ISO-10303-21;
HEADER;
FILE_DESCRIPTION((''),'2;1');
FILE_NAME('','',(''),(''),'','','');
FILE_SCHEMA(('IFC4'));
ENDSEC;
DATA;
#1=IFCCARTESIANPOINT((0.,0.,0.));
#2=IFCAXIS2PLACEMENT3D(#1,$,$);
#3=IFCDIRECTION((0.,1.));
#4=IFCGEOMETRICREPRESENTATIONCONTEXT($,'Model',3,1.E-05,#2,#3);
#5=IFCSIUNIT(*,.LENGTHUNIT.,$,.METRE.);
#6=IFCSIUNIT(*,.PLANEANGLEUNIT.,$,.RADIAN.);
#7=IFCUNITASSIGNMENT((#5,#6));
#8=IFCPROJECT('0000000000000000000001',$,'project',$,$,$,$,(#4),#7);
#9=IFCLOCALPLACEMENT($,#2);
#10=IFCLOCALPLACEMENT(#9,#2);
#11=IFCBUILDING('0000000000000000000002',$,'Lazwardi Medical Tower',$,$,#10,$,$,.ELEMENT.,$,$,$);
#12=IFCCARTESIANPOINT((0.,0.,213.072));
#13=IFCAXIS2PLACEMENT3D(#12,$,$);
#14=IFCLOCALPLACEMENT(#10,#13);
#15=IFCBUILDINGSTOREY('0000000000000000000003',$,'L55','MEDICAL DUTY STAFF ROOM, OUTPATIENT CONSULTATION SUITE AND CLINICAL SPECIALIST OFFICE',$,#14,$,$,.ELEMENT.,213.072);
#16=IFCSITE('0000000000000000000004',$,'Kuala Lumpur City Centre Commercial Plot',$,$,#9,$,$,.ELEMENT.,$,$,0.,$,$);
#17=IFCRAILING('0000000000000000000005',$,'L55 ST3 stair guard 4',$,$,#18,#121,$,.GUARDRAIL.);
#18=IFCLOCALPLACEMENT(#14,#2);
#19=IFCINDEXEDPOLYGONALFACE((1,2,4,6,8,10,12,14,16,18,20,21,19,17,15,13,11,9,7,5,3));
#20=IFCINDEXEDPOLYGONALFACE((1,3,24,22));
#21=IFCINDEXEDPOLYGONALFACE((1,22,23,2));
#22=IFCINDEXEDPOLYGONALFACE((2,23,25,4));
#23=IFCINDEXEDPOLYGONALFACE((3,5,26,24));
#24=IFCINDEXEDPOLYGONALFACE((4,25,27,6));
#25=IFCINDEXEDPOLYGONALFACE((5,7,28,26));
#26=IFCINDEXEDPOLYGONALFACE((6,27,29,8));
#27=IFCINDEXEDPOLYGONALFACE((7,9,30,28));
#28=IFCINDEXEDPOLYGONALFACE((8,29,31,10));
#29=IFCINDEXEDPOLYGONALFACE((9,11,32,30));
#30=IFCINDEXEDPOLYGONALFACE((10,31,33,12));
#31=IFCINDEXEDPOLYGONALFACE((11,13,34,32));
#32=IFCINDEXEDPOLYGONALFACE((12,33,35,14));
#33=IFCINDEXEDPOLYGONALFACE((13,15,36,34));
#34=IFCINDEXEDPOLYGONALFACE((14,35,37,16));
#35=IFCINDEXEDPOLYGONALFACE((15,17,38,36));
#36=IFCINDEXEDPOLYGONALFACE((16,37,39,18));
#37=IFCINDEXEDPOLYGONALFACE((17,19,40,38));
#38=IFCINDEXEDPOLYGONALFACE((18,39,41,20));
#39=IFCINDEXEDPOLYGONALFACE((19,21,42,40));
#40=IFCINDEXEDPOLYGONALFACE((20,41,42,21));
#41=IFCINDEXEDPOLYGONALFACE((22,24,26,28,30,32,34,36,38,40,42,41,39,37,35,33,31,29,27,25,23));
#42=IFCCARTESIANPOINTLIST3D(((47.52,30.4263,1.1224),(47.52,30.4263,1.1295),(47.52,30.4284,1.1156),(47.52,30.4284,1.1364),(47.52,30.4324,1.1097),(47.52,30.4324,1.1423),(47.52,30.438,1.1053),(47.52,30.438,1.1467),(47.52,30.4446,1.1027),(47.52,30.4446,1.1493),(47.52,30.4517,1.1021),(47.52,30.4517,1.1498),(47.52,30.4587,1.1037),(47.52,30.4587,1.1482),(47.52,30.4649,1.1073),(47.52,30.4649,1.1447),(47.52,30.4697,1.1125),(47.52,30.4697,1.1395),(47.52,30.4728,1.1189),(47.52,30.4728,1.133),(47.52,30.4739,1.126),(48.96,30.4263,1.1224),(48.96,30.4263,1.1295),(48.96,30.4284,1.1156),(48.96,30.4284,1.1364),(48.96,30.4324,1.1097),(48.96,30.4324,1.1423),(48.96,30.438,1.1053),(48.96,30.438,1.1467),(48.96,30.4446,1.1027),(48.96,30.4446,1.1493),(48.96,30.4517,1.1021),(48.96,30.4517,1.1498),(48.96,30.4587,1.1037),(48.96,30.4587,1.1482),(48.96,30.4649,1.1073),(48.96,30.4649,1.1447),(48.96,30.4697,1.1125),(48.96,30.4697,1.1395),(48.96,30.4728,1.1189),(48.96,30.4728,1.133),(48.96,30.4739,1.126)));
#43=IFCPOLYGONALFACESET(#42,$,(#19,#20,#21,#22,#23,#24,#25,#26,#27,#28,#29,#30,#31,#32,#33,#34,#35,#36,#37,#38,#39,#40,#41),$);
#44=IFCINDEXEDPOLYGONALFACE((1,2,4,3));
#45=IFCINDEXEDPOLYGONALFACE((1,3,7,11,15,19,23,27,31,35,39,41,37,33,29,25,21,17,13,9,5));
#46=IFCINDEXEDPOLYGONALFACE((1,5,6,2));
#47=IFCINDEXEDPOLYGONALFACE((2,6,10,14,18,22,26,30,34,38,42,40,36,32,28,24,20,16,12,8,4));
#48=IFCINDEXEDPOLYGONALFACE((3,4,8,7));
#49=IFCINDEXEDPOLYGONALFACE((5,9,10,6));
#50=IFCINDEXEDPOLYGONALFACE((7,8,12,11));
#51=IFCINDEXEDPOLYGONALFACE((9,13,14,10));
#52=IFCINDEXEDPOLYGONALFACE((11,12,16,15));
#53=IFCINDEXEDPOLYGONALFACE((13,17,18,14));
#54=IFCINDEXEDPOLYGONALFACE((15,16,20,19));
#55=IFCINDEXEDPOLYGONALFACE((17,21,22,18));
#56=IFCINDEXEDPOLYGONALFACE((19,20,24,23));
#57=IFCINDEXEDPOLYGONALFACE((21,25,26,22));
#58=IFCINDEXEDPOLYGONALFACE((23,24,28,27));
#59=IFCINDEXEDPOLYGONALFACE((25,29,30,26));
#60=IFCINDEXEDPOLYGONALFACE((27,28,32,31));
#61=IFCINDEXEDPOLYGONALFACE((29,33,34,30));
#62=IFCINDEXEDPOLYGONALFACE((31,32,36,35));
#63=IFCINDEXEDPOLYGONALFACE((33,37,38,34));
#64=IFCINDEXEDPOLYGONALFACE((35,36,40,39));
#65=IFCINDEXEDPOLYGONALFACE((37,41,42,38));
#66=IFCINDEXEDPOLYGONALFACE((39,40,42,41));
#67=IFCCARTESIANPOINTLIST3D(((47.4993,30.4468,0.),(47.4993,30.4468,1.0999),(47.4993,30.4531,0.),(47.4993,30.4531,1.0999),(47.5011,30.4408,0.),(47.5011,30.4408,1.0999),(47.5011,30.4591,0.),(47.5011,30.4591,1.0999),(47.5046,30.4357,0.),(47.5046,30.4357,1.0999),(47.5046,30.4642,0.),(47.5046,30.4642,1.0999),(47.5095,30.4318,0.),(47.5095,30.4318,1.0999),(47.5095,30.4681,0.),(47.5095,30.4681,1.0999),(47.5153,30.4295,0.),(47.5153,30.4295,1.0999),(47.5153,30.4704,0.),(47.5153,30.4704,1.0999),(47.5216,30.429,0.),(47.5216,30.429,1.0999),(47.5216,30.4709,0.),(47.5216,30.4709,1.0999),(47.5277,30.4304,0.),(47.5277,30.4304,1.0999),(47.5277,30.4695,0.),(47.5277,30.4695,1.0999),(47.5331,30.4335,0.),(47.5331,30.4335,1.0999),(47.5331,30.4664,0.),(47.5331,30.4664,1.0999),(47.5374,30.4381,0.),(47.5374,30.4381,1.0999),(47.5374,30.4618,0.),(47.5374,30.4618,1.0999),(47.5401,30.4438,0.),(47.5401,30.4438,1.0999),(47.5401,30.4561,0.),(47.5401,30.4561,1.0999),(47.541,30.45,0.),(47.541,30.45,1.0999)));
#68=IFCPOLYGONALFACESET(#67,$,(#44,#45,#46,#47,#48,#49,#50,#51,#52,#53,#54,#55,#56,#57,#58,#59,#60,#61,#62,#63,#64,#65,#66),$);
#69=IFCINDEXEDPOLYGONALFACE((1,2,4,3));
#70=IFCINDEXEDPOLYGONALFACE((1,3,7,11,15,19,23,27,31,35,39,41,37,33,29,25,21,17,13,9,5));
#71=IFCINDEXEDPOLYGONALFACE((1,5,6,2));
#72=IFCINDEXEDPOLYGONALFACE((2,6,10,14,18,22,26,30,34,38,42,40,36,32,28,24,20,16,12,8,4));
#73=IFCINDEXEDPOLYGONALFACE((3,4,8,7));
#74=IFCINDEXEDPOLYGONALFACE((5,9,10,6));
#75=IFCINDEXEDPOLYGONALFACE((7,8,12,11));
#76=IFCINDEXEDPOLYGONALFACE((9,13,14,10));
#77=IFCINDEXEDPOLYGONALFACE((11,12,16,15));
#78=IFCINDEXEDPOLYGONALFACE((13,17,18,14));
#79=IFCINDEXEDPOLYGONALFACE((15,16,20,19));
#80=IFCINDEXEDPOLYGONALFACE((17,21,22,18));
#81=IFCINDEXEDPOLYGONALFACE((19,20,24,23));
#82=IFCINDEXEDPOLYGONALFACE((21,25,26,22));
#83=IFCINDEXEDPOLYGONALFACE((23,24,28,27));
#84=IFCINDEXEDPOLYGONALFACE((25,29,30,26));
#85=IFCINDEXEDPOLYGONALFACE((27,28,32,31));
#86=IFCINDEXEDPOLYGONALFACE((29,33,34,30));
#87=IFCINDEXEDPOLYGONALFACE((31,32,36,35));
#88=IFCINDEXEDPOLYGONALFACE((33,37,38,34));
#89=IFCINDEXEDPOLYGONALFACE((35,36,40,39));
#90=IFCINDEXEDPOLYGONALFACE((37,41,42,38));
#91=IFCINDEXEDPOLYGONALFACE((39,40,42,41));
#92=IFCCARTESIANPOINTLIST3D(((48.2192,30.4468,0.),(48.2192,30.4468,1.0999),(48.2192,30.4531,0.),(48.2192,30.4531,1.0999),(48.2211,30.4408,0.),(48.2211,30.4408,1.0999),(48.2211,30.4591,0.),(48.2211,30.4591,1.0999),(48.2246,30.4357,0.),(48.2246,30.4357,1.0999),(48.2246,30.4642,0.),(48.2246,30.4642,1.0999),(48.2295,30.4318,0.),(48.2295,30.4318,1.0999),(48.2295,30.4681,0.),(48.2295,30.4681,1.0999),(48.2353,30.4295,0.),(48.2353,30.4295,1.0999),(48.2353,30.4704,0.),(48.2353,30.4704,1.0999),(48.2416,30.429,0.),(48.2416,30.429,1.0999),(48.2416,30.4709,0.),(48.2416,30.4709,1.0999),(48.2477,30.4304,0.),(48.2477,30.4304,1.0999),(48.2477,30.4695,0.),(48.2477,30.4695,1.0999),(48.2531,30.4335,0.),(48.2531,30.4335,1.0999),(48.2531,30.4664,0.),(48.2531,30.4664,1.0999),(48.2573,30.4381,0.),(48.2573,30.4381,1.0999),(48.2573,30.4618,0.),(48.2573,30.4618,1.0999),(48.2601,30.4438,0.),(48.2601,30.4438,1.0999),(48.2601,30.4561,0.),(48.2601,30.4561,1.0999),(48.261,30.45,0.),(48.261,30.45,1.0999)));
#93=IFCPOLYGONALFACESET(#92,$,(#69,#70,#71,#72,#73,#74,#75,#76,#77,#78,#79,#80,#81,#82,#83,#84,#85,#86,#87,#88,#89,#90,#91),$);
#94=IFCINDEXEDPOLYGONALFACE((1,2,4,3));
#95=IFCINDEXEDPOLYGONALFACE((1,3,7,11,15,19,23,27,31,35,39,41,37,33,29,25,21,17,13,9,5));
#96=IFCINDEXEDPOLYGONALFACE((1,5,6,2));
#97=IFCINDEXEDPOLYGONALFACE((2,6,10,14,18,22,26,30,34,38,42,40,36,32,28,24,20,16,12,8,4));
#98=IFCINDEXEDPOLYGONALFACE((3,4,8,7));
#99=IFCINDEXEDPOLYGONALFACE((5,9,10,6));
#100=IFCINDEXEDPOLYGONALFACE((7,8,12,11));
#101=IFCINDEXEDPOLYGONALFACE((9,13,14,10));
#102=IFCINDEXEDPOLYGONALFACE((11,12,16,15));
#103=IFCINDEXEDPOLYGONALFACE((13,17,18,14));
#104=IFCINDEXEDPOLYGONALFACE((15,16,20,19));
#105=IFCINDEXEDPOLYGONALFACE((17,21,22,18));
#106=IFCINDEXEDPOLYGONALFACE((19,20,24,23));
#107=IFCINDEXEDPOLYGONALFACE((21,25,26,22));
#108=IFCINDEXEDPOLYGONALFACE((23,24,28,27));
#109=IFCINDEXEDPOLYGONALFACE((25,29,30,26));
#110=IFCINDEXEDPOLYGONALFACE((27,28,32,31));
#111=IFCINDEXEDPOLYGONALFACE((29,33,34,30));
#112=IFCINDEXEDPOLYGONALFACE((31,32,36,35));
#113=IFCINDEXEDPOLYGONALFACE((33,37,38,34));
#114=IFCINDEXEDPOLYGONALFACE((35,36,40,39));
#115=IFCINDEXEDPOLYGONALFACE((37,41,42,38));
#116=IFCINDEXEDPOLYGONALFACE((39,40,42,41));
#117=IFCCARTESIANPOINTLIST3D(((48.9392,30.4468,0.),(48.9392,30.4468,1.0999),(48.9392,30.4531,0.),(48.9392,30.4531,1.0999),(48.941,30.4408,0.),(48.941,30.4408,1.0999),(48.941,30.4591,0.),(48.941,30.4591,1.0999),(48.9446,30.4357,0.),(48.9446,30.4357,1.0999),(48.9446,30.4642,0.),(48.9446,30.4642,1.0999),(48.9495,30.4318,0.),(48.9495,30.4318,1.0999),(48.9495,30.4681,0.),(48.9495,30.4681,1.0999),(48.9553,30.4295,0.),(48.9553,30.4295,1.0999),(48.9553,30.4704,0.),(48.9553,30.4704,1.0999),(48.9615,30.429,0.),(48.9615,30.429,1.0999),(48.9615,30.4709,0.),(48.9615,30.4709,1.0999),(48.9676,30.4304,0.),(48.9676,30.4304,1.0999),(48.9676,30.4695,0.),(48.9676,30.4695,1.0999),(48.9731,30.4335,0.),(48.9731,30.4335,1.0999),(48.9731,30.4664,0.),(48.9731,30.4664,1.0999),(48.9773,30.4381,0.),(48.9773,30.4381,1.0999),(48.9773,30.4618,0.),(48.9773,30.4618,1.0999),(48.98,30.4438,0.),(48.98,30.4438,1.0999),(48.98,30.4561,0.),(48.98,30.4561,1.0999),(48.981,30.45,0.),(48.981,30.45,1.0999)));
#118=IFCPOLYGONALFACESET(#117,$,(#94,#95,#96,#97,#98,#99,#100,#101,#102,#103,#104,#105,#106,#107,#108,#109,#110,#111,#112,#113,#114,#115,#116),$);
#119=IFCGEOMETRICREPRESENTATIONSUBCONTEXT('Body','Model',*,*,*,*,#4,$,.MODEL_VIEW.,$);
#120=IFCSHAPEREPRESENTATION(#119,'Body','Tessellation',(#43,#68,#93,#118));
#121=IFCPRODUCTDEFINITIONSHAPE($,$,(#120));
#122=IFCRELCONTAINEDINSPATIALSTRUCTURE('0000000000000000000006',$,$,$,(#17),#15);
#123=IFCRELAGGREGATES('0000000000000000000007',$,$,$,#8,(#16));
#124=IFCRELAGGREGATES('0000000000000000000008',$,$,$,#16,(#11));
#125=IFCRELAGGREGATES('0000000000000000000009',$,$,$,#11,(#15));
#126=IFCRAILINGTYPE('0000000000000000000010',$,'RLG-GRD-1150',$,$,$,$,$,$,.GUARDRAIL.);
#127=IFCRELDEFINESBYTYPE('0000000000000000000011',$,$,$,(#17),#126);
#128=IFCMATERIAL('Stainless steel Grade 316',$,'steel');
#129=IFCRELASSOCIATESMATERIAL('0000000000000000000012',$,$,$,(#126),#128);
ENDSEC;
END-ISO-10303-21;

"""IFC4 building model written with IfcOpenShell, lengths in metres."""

from ifc_helpers import new_model, si_unit, direction, frame, origin, origin_2d, place, context, subcontext, project, spatial, circle, extrude, material, type_object, element, save


model = new_model("IFC4")

# Units and contexts
model_context = context("Model", 3, precision=1e-05, world=origin(), true_north=direction((0.0, 1.0)))
body_context = subcontext(model_context, "Body", "Model", "MODEL_VIEW")
ifc_project = project(units=[si_unit("LENGTHUNIT", "METRE"), si_unit("PLANEANGLEUNIT", "RADIAN")], contexts=[model_context])

# Site, building, storey
site_placement = place(None, origin())
site = spatial("IfcSite", under=ifc_project, at=site_placement, Name="Kuala Lumpur City Centre Commercial Plot", CompositionType="ELEMENT", RefElevation=0.0)
building_placement = place(site_placement, origin())
building = spatial("IfcBuilding", under=site, at=building_placement, Name="Lazwardi Medical Tower", CompositionType="ELEMENT")
storey_placement = place(building_placement, frame((0.0, 0.0, 213.072)))
storey = spatial("IfcBuildingStorey", under=building, at=storey_placement, Name="L55", Description="MEDICAL DUTY STAFF ROOM, OUTPATIENT CONSULTATION SUITE AND CLINICAL SPECIALIST OFFICE", CompositionType="ELEMENT", Elevation=213.072)

# Railing
ifc_material_1 = material(Name="Stainless steel Grade 316", Category="steel")
railing_type = type_object("IfcRailingType", Name="RLG-GRD-1150", PredefinedType="GUARDRAIL", material=ifc_material_1)
railing_1_placement = place(storey_placement, frame((47.52, 30.45, 0.0)))
element("IfcRailing", 1, at=railing_1_placement, inside=storey, type_object=railing_type, Name="L55 ST3 stair guard 4", PredefinedType="GUARDRAIL", context=body_context, shape_type="SweptSolid", body=[
    extrude(circle(Radius=0.0239, at=origin_2d()), frame((0.0, 0.0, 1.126), z_axis=(1.0, 0.0, 0.0), x_axis=(0.0, 1.0, 0.0)), (0.0, 0.0, 1.0), 1.4399),
    extrude(circle(Radius=0.021, at=origin_2d()), origin(), (0.0, 0.0, 1.0), 1.0999),
    extrude(circle(Radius=0.021, at=origin_2d()), frame((0.72, 0.0, 0.0)), (0.0, 0.0, 1.0), 1.0999),
    extrude(circle(Radius=0.021, at=origin_2d()), frame((1.4399, 0.0, 0.0)), (0.0, 0.0, 1.0), 1.0999),
])

save(model, "model.ifc")
